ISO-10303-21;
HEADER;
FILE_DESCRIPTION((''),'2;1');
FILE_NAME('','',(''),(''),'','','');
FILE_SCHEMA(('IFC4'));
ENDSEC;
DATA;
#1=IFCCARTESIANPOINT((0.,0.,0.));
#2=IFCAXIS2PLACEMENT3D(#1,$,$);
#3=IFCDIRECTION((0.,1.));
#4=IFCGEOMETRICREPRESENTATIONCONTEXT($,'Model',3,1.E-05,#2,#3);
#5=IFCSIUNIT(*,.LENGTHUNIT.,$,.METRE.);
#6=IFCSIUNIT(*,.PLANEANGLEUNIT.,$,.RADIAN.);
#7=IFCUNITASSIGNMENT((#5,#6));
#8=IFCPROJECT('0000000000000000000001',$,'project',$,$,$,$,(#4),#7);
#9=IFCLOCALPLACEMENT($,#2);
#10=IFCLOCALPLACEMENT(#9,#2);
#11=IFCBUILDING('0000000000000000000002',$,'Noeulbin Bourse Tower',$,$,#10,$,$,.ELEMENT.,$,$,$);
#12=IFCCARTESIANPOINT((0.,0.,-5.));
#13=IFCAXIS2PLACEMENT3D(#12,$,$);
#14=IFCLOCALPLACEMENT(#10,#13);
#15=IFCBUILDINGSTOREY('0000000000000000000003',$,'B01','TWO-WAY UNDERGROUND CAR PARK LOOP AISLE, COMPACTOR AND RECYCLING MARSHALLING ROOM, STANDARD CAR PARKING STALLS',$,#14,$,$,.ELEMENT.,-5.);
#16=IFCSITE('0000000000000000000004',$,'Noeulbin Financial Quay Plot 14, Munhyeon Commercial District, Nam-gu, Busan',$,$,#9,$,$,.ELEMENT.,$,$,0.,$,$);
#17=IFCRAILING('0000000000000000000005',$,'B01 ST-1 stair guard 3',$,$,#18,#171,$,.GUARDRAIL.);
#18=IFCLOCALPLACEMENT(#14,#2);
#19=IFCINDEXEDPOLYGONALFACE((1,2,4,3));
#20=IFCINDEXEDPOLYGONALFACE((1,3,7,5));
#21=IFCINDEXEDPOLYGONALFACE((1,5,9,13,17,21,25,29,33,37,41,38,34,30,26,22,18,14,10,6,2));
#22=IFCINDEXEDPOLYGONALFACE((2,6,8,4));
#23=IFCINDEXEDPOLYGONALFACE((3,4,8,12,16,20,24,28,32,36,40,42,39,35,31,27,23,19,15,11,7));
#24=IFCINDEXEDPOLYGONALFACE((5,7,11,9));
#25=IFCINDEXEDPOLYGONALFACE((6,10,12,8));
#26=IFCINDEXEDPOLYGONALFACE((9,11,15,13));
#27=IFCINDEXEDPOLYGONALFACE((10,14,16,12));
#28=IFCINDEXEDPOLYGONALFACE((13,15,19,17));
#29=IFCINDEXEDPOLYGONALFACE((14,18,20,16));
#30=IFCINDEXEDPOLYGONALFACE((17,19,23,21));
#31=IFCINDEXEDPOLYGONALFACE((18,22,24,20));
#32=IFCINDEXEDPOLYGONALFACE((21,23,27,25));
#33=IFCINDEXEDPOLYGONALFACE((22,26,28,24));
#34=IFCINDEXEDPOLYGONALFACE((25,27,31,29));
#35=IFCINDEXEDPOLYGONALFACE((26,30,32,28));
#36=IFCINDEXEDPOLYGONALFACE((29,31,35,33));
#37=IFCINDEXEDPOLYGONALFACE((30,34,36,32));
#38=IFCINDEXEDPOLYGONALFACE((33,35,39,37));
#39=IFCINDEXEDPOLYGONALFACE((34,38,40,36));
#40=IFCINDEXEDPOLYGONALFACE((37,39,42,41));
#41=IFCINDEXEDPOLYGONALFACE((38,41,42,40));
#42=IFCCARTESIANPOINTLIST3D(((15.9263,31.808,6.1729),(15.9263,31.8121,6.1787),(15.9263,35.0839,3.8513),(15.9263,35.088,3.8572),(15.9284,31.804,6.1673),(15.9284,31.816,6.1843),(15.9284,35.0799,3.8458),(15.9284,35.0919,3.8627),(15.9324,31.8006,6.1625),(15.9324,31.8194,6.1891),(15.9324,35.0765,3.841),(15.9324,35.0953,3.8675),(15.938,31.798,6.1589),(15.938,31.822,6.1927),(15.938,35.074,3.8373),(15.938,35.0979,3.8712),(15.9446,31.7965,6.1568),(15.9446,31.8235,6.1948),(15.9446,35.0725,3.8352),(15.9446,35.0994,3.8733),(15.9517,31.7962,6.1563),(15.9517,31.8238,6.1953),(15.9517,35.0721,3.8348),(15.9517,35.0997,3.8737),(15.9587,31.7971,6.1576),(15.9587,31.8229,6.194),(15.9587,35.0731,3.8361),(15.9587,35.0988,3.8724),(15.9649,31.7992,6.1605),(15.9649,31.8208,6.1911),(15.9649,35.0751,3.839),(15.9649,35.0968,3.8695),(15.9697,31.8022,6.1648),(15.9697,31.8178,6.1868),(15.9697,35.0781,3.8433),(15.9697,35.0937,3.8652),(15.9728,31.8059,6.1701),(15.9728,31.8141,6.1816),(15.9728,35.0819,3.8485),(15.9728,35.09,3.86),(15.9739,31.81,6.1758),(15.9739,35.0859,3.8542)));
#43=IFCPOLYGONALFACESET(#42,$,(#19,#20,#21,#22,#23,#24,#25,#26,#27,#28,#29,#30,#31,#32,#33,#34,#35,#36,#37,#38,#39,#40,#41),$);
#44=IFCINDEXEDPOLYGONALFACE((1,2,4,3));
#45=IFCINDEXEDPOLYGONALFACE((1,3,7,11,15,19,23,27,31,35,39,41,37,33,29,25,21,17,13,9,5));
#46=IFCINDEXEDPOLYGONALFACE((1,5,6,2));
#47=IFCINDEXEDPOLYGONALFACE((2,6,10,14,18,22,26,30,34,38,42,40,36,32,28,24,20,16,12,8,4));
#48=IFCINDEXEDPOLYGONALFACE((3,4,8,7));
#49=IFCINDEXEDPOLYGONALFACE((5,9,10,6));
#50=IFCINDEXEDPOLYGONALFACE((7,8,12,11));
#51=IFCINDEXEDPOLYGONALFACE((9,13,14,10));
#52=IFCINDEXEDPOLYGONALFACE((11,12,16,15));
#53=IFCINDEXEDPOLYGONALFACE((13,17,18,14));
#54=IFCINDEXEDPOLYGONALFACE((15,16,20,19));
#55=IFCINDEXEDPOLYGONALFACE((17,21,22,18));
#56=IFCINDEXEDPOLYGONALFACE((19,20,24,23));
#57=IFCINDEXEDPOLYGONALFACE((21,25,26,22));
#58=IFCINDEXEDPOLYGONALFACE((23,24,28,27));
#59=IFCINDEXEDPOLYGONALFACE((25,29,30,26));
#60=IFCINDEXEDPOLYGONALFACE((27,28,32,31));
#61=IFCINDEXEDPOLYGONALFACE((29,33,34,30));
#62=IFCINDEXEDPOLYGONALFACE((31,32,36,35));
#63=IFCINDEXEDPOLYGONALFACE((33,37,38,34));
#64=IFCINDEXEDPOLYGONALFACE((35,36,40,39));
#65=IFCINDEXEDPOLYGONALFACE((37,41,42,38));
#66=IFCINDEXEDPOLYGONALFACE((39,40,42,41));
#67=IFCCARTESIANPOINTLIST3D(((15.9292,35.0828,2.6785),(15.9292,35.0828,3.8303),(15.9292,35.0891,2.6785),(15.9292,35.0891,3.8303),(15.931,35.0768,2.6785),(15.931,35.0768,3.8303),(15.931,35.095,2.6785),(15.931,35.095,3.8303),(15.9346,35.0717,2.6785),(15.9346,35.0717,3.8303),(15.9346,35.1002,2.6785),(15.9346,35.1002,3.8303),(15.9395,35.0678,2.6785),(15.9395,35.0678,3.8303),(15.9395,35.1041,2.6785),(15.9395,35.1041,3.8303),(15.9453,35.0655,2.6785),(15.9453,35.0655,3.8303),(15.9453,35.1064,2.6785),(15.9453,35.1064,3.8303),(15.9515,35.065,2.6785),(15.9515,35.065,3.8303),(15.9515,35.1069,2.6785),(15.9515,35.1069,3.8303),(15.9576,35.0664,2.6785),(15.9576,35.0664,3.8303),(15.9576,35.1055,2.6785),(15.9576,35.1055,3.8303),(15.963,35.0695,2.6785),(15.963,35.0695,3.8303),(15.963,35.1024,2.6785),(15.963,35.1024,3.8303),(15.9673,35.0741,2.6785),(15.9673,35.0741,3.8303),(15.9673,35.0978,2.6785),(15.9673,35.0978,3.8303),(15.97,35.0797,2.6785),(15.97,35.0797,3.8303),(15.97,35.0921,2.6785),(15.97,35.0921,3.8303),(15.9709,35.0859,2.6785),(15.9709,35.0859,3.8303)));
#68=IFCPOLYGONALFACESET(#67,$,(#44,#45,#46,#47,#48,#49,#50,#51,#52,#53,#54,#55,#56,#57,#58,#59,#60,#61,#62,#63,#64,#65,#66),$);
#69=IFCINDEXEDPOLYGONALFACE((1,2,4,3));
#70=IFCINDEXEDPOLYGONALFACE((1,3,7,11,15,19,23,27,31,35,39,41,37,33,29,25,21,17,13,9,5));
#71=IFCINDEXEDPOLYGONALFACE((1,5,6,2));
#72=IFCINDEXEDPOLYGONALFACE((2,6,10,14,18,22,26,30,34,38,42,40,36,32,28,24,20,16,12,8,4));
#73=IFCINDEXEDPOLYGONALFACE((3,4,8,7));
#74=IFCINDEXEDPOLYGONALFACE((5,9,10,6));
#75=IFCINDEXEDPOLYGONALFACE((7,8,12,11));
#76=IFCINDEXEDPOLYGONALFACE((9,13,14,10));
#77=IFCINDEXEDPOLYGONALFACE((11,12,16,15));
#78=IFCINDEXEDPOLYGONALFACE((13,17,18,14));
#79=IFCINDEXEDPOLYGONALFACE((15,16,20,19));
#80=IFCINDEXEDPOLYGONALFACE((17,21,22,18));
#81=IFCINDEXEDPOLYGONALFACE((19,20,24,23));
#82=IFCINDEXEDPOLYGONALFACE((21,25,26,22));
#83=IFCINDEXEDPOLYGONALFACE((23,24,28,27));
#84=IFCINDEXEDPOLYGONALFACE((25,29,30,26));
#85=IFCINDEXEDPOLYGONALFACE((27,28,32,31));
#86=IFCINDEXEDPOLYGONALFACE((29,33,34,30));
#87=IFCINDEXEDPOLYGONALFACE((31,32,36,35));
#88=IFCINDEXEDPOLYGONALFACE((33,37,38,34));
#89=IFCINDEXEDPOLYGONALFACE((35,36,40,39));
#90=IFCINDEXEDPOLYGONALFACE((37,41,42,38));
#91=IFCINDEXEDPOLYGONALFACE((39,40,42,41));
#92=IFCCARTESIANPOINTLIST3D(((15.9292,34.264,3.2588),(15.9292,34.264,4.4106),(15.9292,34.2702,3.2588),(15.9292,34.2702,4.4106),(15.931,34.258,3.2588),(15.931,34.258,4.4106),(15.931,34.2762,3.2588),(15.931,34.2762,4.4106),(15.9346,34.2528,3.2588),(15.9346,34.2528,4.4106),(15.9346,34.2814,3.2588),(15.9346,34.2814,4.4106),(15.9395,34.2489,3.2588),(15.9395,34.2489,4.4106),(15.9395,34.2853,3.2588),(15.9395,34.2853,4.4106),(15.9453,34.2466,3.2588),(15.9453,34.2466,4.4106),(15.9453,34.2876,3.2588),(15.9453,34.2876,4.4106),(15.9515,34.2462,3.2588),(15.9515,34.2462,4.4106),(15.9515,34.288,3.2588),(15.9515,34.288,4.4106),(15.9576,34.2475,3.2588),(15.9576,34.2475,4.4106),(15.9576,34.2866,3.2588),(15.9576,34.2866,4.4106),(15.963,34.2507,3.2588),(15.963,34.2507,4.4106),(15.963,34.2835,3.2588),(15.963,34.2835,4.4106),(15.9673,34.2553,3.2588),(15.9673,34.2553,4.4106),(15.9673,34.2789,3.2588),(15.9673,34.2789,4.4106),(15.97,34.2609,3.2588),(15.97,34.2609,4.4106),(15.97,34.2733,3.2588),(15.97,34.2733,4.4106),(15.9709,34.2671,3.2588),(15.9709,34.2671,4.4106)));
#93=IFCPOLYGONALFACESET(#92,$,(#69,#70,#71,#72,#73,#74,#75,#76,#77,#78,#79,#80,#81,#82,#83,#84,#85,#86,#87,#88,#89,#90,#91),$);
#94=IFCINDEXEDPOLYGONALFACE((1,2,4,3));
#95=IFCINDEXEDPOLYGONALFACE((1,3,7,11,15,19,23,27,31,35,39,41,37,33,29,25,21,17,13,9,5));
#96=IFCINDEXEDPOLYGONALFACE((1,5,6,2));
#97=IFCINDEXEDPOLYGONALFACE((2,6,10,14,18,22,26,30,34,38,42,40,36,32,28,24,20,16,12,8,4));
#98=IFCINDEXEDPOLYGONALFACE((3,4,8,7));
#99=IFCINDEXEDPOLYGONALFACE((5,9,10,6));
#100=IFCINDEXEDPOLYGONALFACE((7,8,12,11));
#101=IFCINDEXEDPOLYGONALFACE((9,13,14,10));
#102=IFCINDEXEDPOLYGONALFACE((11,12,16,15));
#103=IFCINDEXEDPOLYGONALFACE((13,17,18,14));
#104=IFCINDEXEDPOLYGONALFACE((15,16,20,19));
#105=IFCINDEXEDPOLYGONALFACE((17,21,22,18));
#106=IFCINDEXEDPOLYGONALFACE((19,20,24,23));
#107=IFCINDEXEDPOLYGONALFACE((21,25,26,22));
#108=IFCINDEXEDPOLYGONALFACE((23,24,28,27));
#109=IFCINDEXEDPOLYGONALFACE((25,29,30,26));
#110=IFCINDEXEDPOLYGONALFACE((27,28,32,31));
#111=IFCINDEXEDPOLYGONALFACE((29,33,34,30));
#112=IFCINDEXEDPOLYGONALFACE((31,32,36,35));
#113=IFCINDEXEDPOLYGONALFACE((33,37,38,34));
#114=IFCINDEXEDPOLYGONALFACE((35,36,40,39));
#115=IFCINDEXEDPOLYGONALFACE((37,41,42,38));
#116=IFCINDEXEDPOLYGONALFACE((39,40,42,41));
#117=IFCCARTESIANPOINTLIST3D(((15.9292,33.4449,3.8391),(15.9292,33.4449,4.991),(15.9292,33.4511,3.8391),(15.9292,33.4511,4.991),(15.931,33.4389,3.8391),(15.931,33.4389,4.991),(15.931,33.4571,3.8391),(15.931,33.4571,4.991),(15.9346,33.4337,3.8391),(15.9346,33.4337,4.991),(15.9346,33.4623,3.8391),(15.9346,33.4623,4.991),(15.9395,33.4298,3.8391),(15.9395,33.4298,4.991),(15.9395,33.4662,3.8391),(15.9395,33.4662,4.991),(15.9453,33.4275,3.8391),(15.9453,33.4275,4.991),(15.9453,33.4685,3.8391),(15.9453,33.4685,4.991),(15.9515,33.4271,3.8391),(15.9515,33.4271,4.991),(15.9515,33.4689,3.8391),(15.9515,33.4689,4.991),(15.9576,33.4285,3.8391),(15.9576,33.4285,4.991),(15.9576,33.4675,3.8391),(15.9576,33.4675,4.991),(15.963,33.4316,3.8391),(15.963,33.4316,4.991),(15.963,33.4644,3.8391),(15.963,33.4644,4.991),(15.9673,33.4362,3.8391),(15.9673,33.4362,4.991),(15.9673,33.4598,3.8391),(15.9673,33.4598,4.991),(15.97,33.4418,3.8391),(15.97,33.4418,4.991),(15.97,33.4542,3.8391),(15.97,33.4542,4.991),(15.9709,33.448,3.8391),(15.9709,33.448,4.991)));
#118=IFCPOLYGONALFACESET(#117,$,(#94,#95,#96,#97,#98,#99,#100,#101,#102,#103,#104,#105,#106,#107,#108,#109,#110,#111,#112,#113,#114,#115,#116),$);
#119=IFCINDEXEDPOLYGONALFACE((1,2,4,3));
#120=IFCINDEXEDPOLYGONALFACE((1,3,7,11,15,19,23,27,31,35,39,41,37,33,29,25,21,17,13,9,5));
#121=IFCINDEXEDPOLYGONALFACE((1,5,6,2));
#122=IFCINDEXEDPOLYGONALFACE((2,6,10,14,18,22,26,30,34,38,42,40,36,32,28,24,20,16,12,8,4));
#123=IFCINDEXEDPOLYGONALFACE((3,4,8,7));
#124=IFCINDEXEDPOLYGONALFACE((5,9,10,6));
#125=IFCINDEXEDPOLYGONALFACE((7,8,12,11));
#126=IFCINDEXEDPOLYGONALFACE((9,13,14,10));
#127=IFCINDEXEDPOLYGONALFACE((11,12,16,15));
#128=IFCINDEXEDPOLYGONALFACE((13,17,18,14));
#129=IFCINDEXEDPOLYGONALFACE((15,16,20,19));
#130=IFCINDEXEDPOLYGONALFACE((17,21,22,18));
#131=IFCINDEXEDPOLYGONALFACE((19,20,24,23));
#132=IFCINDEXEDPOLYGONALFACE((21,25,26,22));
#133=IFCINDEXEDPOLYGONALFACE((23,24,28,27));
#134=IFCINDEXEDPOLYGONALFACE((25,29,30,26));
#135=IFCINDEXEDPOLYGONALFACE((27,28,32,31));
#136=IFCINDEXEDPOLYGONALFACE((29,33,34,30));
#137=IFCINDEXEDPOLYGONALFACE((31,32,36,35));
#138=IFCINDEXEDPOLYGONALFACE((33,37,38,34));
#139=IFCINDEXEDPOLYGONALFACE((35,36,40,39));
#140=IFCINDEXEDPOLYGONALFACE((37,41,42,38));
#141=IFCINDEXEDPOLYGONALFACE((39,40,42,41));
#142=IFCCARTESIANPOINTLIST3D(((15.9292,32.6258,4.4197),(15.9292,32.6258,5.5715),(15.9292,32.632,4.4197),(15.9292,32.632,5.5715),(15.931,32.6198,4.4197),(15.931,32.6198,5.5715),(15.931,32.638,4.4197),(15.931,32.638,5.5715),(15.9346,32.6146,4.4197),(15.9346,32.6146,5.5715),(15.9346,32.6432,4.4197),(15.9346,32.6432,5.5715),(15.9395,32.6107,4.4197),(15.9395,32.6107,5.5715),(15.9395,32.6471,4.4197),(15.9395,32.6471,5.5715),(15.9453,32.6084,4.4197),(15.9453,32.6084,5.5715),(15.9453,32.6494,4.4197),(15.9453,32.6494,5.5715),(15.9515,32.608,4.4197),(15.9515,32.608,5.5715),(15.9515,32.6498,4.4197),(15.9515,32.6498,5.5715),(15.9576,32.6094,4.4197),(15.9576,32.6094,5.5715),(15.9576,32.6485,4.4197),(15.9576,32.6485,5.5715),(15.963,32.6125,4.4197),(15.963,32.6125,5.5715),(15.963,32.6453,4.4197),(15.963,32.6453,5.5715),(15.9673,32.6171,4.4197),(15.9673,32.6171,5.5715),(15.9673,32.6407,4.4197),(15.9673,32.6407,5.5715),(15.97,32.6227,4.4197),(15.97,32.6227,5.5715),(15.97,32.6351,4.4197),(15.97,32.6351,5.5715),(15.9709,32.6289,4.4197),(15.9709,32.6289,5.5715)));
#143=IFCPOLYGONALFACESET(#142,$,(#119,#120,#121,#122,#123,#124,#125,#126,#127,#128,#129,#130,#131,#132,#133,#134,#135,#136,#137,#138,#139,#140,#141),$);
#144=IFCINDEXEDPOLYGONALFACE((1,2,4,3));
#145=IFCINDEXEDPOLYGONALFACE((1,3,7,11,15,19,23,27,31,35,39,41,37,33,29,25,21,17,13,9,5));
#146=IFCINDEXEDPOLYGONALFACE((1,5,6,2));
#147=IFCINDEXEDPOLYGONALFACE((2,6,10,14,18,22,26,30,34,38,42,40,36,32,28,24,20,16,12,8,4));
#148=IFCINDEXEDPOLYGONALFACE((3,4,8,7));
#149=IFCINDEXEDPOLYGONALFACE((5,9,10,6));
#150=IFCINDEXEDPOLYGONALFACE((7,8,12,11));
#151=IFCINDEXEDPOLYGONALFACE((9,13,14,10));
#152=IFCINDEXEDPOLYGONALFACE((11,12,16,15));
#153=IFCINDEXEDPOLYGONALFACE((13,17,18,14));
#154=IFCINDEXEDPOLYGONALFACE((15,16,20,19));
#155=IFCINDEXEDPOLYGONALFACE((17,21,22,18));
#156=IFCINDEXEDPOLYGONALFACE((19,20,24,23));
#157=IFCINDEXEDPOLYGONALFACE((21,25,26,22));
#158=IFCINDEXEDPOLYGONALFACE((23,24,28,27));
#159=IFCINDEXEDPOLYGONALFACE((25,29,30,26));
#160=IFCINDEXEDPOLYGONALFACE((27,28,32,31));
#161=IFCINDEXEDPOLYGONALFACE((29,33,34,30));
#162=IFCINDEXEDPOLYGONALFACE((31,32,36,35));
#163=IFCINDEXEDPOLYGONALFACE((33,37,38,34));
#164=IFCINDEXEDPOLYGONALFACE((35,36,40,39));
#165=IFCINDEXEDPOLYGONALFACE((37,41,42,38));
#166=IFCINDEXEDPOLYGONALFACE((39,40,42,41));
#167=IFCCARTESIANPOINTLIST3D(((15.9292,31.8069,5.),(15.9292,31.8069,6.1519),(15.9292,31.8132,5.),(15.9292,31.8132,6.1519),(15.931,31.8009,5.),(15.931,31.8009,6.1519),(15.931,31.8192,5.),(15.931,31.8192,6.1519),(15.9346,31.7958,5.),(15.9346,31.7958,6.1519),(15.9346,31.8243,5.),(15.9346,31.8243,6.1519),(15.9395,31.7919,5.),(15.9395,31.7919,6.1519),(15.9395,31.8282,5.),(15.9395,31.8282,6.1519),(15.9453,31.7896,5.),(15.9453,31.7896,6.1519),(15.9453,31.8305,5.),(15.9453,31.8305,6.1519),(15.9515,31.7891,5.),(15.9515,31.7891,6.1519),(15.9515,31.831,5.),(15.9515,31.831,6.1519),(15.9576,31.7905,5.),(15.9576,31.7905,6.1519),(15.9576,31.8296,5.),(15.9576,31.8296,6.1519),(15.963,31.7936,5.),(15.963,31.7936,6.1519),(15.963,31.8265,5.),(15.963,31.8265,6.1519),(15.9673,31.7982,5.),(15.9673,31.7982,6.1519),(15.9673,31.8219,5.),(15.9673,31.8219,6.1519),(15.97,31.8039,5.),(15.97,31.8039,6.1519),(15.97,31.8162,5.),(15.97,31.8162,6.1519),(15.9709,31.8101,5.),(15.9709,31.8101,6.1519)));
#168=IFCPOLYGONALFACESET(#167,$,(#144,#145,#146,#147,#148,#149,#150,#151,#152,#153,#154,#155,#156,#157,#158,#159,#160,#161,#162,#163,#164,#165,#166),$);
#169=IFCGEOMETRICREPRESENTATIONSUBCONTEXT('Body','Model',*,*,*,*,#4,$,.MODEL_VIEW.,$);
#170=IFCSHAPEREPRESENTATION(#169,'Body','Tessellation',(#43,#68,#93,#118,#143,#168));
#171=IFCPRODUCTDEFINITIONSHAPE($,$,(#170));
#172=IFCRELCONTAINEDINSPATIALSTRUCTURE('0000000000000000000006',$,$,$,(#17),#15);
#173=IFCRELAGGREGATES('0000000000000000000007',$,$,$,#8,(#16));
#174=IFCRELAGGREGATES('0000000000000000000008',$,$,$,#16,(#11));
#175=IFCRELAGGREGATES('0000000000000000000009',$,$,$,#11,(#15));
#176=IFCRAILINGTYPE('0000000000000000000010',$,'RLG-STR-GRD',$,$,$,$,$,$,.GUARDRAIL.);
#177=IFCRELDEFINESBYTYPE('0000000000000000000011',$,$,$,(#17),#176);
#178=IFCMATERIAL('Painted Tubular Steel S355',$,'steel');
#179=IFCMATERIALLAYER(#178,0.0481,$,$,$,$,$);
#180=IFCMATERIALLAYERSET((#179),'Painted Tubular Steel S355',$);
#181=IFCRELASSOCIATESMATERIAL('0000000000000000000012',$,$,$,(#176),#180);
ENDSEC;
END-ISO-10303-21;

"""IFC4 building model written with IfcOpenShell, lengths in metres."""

from ifc_helpers import new_model, si_unit, direction, frame, origin, origin_2d, place, context, subcontext, project, spatial, circle, extrude, material, layer, layer_set, type_object, element, save


model = new_model("IFC4")

# Units and contexts
model_context = context("Model", 3, precision=1e-05, world=origin(), true_north=direction((0.0, 1.0)))
body_context = subcontext(model_context, "Body", "Model", "MODEL_VIEW")
ifc_project = project(units=[si_unit("LENGTHUNIT", "METRE"), si_unit("PLANEANGLEUNIT", "RADIAN")], contexts=[model_context])

# Site, building, storey
site_placement = place(None, origin())
site = spatial("IfcSite", under=ifc_project, at=site_placement, Name="Noeulbin Financial Quay Plot 14, Munhyeon Commercial District, Nam-gu, Busan", CompositionType="ELEMENT", RefElevation=0.0)
building_placement = place(site_placement, origin())
building = spatial("IfcBuilding", under=site, at=building_placement, Name="Noeulbin Bourse Tower", CompositionType="ELEMENT")
storey_placement = place(building_placement, frame((0.0, 0.0, -5.0)))
storey = spatial("IfcBuildingStorey", under=building, at=storey_placement, Name="B01", Description="TWO-WAY UNDERGROUND CAR PARK LOOP AISLE, COMPACTOR AND RECYCLING MARSHALLING ROOM, STANDARD CAR PARKING STALLS", CompositionType="ELEMENT", Elevation=-5.0)

# Railing
ifc_material_1 = material(Name="Painted Tubular Steel S355", Category="steel")
ifc_layer_1 = layer(ifc_material_1, 0.0481)
ifc_layer_set_1 = layer_set([ifc_layer_1], Name="Painted Tubular Steel S355")
railing_type_1 = type_object("IfcRailingType", Name="RLG-STR-GRD", PredefinedType="GUARDRAIL", material=ifc_layer_set_1)
railing_1_placement = place(storey_placement, frame((15.95, 35.0859, 2.6785)))
element("IfcRailing", 1, at=railing_1_placement, inside=storey, type_object=railing_type_1, Name="B01 ST-1 stair guard 3", PredefinedType="GUARDRAIL", context=body_context, shape_type="SweptSolid", body=[
    extrude(circle(Radius=0.0239, at=origin_2d()), frame((0.0, 0.0, 1.1758), z_axis=(0.0, -0.815893, 0.578203), x_axis=(1.0, 0.0, 0.0)), (0.0, 0.0, 1.0), 4.0151),
    extrude(circle(Radius=0.021, at=origin_2d()), origin(), (0.0, 0.0, 1.0), 1.1519),
    extrude(circle(Radius=0.021, at=origin_2d()), frame((0.0, -0.8188, 0.5803)), (0.0, 0.0, 1.0), 1.1519),
    extrude(circle(Radius=0.021, at=origin_2d()), frame((0.0, -1.6379, 1.1606)), (0.0, 0.0, 1.0), 1.1519),
    extrude(circle(Radius=0.021, at=origin_2d()), frame((0.0, -2.457, 1.7412)), (0.0, 0.0, 1.0), 1.1519),
    extrude(circle(Radius=0.021, at=origin_2d()), frame((0.0, -3.2759, 2.3215)), (0.0, 0.0, 1.0), 1.1519),
])

save(model, "model.ifc")
